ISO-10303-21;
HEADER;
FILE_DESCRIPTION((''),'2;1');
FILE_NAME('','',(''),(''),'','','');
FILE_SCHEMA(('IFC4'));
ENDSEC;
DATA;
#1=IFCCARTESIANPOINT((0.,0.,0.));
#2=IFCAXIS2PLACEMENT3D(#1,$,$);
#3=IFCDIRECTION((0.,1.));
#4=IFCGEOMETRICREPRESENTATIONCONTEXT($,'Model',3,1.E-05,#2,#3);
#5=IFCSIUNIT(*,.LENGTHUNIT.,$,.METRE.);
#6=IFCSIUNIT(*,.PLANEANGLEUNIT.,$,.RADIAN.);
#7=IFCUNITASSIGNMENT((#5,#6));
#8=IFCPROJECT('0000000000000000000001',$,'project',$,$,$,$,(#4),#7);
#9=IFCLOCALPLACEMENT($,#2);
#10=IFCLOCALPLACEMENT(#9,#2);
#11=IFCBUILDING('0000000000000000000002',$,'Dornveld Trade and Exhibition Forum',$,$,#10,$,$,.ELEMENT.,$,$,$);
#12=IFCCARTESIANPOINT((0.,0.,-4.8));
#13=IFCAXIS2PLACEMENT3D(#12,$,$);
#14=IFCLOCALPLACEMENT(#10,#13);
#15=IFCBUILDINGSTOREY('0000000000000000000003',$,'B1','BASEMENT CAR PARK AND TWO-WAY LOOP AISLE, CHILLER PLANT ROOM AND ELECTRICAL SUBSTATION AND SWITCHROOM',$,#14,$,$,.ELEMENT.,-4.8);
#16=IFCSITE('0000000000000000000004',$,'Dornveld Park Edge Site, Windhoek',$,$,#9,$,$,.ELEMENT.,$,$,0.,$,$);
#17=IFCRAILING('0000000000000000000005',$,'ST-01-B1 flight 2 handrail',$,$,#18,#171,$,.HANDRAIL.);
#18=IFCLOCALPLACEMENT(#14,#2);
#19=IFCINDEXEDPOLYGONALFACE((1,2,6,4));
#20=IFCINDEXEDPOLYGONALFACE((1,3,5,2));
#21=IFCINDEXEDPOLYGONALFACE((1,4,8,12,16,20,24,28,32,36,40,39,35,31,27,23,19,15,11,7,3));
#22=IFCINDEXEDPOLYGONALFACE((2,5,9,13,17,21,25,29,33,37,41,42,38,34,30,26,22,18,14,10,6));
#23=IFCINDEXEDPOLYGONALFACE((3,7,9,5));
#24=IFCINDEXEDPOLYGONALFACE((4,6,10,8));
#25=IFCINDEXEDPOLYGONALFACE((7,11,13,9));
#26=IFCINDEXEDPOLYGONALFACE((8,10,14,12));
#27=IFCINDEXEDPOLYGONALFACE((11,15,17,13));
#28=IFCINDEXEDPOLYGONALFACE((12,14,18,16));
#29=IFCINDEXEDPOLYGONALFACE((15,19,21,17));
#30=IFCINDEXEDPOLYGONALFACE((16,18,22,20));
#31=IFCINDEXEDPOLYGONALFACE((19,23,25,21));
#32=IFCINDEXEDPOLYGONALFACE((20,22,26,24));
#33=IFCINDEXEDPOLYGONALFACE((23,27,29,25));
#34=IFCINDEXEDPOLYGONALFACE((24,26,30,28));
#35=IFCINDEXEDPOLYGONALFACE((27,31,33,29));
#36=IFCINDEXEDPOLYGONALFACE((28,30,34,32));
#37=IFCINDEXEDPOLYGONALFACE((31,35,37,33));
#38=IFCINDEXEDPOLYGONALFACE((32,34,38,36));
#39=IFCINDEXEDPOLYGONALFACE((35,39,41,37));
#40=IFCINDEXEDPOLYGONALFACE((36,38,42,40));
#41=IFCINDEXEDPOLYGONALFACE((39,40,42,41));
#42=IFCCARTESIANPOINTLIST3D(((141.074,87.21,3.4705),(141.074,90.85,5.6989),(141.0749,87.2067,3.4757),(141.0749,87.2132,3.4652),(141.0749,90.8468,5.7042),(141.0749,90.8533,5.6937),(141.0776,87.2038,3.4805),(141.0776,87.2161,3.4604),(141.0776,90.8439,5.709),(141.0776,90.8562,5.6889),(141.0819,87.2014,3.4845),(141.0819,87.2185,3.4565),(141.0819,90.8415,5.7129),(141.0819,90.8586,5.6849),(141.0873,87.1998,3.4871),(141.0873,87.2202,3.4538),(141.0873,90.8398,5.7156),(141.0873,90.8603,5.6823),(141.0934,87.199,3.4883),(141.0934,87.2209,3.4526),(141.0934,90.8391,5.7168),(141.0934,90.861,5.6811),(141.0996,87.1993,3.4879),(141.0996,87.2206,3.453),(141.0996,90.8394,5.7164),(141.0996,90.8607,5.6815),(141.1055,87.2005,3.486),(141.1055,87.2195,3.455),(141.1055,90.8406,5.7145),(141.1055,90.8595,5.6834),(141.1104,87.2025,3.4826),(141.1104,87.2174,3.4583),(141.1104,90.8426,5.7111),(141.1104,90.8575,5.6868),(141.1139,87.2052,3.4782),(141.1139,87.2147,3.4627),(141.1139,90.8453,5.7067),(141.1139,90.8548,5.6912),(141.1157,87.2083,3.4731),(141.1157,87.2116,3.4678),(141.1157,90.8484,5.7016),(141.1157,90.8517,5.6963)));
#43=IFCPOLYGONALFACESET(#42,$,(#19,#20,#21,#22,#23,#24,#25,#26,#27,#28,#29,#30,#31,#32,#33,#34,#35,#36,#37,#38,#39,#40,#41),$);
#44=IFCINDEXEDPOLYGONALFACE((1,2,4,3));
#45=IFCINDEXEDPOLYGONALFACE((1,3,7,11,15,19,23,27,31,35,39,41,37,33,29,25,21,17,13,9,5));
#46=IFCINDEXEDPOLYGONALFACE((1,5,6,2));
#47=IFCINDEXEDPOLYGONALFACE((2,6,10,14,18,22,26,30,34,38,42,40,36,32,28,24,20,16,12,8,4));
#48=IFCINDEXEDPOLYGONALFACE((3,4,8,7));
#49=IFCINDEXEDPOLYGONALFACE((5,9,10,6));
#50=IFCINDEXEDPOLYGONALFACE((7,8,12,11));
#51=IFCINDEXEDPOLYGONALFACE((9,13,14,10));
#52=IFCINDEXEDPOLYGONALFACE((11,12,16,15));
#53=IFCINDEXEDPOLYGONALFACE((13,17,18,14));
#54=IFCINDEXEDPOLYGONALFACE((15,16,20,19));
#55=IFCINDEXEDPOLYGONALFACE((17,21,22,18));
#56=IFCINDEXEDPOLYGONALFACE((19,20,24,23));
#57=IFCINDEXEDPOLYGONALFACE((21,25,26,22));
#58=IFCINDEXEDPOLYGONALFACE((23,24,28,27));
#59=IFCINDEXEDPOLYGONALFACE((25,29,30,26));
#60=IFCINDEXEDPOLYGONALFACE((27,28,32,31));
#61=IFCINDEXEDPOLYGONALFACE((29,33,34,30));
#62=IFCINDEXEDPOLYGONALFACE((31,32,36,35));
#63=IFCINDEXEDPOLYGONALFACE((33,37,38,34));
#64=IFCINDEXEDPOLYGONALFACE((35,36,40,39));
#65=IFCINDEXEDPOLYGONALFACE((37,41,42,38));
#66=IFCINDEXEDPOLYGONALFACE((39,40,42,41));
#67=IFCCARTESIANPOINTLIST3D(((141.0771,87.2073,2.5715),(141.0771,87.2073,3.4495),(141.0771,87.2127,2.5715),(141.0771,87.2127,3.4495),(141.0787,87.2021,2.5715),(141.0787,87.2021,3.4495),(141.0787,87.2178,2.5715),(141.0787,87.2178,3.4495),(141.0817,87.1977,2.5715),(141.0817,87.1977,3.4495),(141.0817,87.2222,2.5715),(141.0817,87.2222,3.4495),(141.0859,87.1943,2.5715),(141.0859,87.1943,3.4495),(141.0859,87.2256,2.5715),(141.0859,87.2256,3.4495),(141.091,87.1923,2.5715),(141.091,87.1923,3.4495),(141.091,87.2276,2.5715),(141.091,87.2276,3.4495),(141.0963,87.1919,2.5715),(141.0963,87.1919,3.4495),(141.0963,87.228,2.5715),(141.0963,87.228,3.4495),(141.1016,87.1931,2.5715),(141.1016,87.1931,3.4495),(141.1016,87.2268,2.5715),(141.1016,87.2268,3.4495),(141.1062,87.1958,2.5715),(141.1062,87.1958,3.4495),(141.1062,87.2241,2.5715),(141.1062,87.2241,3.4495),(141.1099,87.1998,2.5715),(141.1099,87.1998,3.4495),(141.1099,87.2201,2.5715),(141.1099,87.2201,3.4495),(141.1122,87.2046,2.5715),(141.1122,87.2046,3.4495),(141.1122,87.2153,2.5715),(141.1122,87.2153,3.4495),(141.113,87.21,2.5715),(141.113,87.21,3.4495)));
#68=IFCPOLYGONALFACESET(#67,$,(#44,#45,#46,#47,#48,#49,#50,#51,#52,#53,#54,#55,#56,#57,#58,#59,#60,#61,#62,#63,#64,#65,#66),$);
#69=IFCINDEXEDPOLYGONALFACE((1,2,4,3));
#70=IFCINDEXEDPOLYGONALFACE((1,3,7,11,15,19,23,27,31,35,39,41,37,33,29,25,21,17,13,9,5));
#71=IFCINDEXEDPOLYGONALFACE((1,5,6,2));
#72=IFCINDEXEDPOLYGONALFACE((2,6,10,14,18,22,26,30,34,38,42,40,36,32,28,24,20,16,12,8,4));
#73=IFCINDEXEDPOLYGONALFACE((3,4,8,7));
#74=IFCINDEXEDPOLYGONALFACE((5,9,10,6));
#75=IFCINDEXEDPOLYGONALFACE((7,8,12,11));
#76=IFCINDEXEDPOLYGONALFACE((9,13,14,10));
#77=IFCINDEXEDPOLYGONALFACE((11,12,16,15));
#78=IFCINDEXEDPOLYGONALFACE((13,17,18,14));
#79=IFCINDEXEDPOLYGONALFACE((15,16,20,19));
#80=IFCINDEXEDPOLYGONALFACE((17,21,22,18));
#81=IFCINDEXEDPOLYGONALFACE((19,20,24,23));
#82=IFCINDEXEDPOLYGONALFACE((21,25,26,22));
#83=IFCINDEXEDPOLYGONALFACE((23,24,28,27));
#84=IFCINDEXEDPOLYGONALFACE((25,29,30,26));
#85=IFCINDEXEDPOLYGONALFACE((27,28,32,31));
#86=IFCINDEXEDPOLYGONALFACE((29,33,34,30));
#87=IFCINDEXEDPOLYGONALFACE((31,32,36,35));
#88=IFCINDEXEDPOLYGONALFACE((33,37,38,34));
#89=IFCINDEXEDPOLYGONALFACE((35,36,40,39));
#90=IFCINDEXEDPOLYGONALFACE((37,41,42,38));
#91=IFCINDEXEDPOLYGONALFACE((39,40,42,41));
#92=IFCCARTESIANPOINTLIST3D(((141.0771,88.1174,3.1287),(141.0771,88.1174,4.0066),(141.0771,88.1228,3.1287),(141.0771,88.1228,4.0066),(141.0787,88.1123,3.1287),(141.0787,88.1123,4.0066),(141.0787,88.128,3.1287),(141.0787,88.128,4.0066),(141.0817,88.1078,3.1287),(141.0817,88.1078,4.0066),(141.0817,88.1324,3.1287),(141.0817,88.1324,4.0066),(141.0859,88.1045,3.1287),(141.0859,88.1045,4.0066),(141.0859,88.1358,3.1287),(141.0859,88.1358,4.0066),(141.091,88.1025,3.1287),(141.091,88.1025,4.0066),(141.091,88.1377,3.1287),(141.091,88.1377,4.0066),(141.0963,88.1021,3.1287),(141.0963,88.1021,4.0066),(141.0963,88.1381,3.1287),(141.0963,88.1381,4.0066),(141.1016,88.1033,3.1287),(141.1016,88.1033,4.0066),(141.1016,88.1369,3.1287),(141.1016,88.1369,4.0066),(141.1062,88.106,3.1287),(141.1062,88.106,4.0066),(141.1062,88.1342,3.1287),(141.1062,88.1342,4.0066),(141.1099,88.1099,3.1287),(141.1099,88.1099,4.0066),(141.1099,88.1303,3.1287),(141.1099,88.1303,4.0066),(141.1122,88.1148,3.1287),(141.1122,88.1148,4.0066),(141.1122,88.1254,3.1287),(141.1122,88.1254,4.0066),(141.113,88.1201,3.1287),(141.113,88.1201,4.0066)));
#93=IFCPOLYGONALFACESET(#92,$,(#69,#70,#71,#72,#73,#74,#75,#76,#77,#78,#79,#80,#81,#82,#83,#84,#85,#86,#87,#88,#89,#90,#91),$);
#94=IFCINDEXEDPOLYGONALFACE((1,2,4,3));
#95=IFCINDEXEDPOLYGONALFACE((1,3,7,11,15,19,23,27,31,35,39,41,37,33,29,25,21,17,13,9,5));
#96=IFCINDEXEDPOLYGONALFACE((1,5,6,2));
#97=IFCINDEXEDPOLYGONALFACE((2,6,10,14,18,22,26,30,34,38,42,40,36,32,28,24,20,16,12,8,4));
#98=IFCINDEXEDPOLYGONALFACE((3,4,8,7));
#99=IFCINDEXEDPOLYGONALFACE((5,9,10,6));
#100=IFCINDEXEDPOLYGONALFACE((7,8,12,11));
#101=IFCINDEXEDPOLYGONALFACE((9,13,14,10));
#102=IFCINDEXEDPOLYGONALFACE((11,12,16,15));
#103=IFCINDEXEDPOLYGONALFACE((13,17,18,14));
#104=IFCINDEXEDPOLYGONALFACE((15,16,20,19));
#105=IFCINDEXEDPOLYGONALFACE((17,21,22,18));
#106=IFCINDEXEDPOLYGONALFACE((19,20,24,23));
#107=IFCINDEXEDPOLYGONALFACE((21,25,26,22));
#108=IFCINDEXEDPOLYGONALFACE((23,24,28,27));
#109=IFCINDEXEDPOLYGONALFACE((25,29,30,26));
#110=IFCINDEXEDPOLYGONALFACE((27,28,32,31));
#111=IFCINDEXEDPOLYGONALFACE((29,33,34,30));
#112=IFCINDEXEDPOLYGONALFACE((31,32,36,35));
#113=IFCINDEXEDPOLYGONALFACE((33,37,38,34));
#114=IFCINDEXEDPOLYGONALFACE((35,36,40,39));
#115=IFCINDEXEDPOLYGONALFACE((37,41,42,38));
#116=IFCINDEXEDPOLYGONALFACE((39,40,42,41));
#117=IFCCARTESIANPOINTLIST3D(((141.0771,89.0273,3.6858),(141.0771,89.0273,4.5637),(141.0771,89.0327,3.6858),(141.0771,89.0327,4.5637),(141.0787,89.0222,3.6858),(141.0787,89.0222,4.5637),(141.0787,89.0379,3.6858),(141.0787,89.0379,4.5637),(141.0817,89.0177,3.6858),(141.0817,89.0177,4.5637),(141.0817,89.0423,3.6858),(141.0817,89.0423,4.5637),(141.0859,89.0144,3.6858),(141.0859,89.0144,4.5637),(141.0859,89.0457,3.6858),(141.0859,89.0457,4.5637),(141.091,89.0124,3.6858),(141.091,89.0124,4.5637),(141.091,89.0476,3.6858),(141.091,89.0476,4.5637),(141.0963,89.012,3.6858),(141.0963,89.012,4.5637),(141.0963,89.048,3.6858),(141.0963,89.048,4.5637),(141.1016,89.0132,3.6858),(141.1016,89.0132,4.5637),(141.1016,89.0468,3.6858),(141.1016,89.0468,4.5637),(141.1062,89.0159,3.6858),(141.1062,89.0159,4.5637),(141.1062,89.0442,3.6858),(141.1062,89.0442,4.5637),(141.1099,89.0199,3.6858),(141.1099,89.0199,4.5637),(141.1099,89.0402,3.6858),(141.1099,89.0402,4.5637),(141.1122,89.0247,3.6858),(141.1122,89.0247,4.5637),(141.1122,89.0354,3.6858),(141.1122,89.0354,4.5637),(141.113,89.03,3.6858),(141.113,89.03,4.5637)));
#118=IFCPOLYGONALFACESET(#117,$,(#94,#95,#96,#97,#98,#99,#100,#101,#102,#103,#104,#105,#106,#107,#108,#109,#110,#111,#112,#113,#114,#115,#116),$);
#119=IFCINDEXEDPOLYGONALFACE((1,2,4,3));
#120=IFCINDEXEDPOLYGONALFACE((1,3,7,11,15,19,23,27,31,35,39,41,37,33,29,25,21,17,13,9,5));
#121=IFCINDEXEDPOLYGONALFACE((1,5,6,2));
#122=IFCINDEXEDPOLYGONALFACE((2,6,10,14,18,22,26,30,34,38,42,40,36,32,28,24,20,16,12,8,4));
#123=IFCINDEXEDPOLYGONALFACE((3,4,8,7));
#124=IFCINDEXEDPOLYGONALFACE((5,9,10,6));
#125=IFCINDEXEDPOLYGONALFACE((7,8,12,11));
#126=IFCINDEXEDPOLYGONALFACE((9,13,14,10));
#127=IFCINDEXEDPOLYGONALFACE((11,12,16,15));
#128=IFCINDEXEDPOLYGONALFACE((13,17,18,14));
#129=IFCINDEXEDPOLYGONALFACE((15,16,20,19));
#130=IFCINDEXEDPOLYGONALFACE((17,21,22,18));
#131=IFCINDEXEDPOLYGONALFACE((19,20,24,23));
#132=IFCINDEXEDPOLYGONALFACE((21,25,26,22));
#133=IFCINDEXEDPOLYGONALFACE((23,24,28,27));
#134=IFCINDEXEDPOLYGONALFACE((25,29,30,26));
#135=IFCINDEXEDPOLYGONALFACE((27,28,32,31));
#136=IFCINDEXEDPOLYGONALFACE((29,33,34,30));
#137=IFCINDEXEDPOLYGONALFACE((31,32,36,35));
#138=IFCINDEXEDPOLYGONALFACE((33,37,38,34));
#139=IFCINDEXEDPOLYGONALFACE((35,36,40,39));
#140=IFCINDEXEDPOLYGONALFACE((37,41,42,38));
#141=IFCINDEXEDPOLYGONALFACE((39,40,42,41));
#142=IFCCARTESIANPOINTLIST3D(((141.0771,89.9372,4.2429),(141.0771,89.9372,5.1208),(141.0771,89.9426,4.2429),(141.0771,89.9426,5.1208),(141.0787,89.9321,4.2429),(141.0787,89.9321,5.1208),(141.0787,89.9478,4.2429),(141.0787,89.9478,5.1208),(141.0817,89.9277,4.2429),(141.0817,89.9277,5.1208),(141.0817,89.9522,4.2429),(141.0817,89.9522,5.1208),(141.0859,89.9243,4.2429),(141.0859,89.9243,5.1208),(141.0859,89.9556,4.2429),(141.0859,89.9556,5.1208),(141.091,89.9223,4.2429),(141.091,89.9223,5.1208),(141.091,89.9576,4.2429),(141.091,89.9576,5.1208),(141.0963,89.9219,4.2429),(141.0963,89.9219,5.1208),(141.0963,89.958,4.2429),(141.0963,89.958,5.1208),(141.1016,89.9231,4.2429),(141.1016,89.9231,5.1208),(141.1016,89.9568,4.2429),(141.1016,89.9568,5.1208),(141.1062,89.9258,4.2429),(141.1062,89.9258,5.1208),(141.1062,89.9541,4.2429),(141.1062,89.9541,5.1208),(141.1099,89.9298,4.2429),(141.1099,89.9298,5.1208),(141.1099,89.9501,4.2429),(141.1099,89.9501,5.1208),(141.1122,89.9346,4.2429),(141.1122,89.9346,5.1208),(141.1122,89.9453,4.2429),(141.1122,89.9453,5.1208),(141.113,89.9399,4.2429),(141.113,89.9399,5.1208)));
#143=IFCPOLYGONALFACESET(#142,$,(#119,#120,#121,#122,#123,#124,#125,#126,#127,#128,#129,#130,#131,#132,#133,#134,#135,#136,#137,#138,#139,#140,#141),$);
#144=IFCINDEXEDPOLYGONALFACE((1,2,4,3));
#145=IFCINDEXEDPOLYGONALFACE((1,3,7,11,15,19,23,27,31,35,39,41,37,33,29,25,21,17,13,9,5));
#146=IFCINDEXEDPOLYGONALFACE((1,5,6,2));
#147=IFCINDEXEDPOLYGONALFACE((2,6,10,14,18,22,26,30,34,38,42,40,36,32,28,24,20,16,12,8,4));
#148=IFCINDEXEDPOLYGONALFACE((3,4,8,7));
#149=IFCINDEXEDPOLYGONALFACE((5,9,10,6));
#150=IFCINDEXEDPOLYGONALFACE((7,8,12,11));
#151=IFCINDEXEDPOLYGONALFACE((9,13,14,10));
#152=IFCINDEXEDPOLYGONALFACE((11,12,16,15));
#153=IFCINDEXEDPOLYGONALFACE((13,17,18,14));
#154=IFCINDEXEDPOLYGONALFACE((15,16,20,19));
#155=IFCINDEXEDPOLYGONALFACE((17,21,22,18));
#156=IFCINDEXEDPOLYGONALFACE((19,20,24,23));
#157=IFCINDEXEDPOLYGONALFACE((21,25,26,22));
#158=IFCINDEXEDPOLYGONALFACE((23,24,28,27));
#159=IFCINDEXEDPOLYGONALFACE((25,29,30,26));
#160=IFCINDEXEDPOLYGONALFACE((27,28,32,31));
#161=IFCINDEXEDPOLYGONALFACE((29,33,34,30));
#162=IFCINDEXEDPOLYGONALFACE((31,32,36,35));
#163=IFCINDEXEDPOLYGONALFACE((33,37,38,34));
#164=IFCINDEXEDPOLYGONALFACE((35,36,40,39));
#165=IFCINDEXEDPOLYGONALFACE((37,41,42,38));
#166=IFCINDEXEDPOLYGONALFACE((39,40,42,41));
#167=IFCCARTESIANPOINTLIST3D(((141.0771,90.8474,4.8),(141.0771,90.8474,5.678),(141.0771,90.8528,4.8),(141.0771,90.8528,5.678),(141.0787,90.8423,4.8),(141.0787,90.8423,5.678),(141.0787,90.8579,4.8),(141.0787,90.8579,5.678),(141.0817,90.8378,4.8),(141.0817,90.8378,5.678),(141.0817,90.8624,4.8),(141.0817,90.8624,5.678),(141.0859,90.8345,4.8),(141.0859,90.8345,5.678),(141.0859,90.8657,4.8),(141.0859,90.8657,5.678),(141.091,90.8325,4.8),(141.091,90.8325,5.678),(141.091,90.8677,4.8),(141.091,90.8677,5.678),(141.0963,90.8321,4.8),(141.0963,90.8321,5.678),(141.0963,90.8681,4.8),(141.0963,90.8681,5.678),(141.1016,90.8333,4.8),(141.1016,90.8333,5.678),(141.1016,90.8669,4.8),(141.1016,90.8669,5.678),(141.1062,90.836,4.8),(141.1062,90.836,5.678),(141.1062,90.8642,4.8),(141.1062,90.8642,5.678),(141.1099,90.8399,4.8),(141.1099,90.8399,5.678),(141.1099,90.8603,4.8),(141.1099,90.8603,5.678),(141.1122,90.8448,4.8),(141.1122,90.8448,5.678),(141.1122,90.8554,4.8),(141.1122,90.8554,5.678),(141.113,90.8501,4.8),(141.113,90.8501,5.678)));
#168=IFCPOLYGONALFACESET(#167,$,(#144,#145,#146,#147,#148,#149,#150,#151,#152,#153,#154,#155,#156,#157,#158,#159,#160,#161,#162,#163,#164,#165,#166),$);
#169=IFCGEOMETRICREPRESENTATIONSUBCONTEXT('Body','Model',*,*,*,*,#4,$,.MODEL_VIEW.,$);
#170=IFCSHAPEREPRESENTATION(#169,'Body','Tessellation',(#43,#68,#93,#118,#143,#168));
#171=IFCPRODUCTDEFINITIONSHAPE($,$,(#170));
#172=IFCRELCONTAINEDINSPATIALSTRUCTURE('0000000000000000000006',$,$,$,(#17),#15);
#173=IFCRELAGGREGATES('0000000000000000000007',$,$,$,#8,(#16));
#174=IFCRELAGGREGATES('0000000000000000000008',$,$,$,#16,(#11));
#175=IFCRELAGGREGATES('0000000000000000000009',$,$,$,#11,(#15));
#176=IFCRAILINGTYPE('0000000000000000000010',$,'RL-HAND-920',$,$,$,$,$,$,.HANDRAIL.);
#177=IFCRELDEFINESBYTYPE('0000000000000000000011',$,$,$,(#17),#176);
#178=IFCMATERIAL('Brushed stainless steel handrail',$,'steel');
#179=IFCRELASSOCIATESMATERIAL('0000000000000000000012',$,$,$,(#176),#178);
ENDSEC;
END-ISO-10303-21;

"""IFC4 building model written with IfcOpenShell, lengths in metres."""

from ifc_helpers import new_model, si_unit, direction, frame, origin, origin_2d, place, context, subcontext, project, spatial, circle, extrude, material, type_object, element, save


model = new_model("IFC4")

# Units and contexts
model_context = context("Model", 3, precision=1e-05, world=origin(), true_north=direction((0.0, 1.0)))
body_context = subcontext(model_context, "Body", "Model", "MODEL_VIEW")
ifc_project = project(units=[si_unit("LENGTHUNIT", "METRE"), si_unit("PLANEANGLEUNIT", "RADIAN")], contexts=[model_context])

# Site, building, storey
site_placement = place(None, origin())
site = spatial("IfcSite", under=ifc_project, at=site_placement, Name="Dornveld Park Edge Site, Windhoek", CompositionType="ELEMENT", RefElevation=0.0)
building_placement = place(site_placement, origin())
building = spatial("IfcBuilding", under=site, at=building_placement, Name="Dornveld Trade and Exhibition Forum", CompositionType="ELEMENT")
storey_placement = place(building_placement, frame((0.0, 0.0, -4.8)))
storey = spatial("IfcBuildingStorey", under=building, at=storey_placement, Name="B1", Description="BASEMENT CAR PARK AND TWO-WAY LOOP AISLE, CHILLER PLANT ROOM AND ELECTRICAL SUBSTATION AND SWITCHROOM", CompositionType="ELEMENT", Elevation=-4.8)

# Railing
ifc_material_1 = material(Name="Brushed stainless steel handrail", Category="steel")
railing_type_1 = type_object("IfcRailingType", Name="RL-HAND-920", PredefinedType="HANDRAIL", material=ifc_material_1)
railing_1_placement = place(storey_placement, frame((141.095, 87.21, 2.5715)))
element("IfcRailing", 1, at=railing_1_placement, inside=storey, type_object=railing_type_1, Name="ST-01-B1 flight 2 handrail", PredefinedType="HANDRAIL", context=body_context, shape_type="SweptSolid", body=[
    extrude(circle(Radius=0.021, at=origin_2d()), frame((0.0, 0.0, 0.8989), z_axis=(0.0, 0.852866, 0.52213), x_axis=(-1.0, 0.0, 0.0)), (0.0, 0.0, 1.0), 4.2681),
    extrude(circle(Radius=0.0181, at=origin_2d()), origin(), (0.0, 0.0, 1.0), 0.8779),
    extrude(circle(Radius=0.0181, at=origin_2d()), frame((0.0, 0.9102, 0.5571)), (0.0, 0.0, 1.0), 0.8779),
    extrude(circle(Radius=0.0181, at=origin_2d()), frame((0.0, 1.8201, 1.1143)), (0.0, 0.0, 1.0), 0.8779),
    extrude(circle(Radius=0.0181, at=origin_2d()), frame((0.0, 2.73, 1.6714)), (0.0, 0.0, 1.0), 0.8779),
    extrude(circle(Radius=0.0181, at=origin_2d()), frame((0.0, 3.6401, 2.2285)), (0.0, 0.0, 1.0), 0.8779),
])

save(model, "model.ifc")
